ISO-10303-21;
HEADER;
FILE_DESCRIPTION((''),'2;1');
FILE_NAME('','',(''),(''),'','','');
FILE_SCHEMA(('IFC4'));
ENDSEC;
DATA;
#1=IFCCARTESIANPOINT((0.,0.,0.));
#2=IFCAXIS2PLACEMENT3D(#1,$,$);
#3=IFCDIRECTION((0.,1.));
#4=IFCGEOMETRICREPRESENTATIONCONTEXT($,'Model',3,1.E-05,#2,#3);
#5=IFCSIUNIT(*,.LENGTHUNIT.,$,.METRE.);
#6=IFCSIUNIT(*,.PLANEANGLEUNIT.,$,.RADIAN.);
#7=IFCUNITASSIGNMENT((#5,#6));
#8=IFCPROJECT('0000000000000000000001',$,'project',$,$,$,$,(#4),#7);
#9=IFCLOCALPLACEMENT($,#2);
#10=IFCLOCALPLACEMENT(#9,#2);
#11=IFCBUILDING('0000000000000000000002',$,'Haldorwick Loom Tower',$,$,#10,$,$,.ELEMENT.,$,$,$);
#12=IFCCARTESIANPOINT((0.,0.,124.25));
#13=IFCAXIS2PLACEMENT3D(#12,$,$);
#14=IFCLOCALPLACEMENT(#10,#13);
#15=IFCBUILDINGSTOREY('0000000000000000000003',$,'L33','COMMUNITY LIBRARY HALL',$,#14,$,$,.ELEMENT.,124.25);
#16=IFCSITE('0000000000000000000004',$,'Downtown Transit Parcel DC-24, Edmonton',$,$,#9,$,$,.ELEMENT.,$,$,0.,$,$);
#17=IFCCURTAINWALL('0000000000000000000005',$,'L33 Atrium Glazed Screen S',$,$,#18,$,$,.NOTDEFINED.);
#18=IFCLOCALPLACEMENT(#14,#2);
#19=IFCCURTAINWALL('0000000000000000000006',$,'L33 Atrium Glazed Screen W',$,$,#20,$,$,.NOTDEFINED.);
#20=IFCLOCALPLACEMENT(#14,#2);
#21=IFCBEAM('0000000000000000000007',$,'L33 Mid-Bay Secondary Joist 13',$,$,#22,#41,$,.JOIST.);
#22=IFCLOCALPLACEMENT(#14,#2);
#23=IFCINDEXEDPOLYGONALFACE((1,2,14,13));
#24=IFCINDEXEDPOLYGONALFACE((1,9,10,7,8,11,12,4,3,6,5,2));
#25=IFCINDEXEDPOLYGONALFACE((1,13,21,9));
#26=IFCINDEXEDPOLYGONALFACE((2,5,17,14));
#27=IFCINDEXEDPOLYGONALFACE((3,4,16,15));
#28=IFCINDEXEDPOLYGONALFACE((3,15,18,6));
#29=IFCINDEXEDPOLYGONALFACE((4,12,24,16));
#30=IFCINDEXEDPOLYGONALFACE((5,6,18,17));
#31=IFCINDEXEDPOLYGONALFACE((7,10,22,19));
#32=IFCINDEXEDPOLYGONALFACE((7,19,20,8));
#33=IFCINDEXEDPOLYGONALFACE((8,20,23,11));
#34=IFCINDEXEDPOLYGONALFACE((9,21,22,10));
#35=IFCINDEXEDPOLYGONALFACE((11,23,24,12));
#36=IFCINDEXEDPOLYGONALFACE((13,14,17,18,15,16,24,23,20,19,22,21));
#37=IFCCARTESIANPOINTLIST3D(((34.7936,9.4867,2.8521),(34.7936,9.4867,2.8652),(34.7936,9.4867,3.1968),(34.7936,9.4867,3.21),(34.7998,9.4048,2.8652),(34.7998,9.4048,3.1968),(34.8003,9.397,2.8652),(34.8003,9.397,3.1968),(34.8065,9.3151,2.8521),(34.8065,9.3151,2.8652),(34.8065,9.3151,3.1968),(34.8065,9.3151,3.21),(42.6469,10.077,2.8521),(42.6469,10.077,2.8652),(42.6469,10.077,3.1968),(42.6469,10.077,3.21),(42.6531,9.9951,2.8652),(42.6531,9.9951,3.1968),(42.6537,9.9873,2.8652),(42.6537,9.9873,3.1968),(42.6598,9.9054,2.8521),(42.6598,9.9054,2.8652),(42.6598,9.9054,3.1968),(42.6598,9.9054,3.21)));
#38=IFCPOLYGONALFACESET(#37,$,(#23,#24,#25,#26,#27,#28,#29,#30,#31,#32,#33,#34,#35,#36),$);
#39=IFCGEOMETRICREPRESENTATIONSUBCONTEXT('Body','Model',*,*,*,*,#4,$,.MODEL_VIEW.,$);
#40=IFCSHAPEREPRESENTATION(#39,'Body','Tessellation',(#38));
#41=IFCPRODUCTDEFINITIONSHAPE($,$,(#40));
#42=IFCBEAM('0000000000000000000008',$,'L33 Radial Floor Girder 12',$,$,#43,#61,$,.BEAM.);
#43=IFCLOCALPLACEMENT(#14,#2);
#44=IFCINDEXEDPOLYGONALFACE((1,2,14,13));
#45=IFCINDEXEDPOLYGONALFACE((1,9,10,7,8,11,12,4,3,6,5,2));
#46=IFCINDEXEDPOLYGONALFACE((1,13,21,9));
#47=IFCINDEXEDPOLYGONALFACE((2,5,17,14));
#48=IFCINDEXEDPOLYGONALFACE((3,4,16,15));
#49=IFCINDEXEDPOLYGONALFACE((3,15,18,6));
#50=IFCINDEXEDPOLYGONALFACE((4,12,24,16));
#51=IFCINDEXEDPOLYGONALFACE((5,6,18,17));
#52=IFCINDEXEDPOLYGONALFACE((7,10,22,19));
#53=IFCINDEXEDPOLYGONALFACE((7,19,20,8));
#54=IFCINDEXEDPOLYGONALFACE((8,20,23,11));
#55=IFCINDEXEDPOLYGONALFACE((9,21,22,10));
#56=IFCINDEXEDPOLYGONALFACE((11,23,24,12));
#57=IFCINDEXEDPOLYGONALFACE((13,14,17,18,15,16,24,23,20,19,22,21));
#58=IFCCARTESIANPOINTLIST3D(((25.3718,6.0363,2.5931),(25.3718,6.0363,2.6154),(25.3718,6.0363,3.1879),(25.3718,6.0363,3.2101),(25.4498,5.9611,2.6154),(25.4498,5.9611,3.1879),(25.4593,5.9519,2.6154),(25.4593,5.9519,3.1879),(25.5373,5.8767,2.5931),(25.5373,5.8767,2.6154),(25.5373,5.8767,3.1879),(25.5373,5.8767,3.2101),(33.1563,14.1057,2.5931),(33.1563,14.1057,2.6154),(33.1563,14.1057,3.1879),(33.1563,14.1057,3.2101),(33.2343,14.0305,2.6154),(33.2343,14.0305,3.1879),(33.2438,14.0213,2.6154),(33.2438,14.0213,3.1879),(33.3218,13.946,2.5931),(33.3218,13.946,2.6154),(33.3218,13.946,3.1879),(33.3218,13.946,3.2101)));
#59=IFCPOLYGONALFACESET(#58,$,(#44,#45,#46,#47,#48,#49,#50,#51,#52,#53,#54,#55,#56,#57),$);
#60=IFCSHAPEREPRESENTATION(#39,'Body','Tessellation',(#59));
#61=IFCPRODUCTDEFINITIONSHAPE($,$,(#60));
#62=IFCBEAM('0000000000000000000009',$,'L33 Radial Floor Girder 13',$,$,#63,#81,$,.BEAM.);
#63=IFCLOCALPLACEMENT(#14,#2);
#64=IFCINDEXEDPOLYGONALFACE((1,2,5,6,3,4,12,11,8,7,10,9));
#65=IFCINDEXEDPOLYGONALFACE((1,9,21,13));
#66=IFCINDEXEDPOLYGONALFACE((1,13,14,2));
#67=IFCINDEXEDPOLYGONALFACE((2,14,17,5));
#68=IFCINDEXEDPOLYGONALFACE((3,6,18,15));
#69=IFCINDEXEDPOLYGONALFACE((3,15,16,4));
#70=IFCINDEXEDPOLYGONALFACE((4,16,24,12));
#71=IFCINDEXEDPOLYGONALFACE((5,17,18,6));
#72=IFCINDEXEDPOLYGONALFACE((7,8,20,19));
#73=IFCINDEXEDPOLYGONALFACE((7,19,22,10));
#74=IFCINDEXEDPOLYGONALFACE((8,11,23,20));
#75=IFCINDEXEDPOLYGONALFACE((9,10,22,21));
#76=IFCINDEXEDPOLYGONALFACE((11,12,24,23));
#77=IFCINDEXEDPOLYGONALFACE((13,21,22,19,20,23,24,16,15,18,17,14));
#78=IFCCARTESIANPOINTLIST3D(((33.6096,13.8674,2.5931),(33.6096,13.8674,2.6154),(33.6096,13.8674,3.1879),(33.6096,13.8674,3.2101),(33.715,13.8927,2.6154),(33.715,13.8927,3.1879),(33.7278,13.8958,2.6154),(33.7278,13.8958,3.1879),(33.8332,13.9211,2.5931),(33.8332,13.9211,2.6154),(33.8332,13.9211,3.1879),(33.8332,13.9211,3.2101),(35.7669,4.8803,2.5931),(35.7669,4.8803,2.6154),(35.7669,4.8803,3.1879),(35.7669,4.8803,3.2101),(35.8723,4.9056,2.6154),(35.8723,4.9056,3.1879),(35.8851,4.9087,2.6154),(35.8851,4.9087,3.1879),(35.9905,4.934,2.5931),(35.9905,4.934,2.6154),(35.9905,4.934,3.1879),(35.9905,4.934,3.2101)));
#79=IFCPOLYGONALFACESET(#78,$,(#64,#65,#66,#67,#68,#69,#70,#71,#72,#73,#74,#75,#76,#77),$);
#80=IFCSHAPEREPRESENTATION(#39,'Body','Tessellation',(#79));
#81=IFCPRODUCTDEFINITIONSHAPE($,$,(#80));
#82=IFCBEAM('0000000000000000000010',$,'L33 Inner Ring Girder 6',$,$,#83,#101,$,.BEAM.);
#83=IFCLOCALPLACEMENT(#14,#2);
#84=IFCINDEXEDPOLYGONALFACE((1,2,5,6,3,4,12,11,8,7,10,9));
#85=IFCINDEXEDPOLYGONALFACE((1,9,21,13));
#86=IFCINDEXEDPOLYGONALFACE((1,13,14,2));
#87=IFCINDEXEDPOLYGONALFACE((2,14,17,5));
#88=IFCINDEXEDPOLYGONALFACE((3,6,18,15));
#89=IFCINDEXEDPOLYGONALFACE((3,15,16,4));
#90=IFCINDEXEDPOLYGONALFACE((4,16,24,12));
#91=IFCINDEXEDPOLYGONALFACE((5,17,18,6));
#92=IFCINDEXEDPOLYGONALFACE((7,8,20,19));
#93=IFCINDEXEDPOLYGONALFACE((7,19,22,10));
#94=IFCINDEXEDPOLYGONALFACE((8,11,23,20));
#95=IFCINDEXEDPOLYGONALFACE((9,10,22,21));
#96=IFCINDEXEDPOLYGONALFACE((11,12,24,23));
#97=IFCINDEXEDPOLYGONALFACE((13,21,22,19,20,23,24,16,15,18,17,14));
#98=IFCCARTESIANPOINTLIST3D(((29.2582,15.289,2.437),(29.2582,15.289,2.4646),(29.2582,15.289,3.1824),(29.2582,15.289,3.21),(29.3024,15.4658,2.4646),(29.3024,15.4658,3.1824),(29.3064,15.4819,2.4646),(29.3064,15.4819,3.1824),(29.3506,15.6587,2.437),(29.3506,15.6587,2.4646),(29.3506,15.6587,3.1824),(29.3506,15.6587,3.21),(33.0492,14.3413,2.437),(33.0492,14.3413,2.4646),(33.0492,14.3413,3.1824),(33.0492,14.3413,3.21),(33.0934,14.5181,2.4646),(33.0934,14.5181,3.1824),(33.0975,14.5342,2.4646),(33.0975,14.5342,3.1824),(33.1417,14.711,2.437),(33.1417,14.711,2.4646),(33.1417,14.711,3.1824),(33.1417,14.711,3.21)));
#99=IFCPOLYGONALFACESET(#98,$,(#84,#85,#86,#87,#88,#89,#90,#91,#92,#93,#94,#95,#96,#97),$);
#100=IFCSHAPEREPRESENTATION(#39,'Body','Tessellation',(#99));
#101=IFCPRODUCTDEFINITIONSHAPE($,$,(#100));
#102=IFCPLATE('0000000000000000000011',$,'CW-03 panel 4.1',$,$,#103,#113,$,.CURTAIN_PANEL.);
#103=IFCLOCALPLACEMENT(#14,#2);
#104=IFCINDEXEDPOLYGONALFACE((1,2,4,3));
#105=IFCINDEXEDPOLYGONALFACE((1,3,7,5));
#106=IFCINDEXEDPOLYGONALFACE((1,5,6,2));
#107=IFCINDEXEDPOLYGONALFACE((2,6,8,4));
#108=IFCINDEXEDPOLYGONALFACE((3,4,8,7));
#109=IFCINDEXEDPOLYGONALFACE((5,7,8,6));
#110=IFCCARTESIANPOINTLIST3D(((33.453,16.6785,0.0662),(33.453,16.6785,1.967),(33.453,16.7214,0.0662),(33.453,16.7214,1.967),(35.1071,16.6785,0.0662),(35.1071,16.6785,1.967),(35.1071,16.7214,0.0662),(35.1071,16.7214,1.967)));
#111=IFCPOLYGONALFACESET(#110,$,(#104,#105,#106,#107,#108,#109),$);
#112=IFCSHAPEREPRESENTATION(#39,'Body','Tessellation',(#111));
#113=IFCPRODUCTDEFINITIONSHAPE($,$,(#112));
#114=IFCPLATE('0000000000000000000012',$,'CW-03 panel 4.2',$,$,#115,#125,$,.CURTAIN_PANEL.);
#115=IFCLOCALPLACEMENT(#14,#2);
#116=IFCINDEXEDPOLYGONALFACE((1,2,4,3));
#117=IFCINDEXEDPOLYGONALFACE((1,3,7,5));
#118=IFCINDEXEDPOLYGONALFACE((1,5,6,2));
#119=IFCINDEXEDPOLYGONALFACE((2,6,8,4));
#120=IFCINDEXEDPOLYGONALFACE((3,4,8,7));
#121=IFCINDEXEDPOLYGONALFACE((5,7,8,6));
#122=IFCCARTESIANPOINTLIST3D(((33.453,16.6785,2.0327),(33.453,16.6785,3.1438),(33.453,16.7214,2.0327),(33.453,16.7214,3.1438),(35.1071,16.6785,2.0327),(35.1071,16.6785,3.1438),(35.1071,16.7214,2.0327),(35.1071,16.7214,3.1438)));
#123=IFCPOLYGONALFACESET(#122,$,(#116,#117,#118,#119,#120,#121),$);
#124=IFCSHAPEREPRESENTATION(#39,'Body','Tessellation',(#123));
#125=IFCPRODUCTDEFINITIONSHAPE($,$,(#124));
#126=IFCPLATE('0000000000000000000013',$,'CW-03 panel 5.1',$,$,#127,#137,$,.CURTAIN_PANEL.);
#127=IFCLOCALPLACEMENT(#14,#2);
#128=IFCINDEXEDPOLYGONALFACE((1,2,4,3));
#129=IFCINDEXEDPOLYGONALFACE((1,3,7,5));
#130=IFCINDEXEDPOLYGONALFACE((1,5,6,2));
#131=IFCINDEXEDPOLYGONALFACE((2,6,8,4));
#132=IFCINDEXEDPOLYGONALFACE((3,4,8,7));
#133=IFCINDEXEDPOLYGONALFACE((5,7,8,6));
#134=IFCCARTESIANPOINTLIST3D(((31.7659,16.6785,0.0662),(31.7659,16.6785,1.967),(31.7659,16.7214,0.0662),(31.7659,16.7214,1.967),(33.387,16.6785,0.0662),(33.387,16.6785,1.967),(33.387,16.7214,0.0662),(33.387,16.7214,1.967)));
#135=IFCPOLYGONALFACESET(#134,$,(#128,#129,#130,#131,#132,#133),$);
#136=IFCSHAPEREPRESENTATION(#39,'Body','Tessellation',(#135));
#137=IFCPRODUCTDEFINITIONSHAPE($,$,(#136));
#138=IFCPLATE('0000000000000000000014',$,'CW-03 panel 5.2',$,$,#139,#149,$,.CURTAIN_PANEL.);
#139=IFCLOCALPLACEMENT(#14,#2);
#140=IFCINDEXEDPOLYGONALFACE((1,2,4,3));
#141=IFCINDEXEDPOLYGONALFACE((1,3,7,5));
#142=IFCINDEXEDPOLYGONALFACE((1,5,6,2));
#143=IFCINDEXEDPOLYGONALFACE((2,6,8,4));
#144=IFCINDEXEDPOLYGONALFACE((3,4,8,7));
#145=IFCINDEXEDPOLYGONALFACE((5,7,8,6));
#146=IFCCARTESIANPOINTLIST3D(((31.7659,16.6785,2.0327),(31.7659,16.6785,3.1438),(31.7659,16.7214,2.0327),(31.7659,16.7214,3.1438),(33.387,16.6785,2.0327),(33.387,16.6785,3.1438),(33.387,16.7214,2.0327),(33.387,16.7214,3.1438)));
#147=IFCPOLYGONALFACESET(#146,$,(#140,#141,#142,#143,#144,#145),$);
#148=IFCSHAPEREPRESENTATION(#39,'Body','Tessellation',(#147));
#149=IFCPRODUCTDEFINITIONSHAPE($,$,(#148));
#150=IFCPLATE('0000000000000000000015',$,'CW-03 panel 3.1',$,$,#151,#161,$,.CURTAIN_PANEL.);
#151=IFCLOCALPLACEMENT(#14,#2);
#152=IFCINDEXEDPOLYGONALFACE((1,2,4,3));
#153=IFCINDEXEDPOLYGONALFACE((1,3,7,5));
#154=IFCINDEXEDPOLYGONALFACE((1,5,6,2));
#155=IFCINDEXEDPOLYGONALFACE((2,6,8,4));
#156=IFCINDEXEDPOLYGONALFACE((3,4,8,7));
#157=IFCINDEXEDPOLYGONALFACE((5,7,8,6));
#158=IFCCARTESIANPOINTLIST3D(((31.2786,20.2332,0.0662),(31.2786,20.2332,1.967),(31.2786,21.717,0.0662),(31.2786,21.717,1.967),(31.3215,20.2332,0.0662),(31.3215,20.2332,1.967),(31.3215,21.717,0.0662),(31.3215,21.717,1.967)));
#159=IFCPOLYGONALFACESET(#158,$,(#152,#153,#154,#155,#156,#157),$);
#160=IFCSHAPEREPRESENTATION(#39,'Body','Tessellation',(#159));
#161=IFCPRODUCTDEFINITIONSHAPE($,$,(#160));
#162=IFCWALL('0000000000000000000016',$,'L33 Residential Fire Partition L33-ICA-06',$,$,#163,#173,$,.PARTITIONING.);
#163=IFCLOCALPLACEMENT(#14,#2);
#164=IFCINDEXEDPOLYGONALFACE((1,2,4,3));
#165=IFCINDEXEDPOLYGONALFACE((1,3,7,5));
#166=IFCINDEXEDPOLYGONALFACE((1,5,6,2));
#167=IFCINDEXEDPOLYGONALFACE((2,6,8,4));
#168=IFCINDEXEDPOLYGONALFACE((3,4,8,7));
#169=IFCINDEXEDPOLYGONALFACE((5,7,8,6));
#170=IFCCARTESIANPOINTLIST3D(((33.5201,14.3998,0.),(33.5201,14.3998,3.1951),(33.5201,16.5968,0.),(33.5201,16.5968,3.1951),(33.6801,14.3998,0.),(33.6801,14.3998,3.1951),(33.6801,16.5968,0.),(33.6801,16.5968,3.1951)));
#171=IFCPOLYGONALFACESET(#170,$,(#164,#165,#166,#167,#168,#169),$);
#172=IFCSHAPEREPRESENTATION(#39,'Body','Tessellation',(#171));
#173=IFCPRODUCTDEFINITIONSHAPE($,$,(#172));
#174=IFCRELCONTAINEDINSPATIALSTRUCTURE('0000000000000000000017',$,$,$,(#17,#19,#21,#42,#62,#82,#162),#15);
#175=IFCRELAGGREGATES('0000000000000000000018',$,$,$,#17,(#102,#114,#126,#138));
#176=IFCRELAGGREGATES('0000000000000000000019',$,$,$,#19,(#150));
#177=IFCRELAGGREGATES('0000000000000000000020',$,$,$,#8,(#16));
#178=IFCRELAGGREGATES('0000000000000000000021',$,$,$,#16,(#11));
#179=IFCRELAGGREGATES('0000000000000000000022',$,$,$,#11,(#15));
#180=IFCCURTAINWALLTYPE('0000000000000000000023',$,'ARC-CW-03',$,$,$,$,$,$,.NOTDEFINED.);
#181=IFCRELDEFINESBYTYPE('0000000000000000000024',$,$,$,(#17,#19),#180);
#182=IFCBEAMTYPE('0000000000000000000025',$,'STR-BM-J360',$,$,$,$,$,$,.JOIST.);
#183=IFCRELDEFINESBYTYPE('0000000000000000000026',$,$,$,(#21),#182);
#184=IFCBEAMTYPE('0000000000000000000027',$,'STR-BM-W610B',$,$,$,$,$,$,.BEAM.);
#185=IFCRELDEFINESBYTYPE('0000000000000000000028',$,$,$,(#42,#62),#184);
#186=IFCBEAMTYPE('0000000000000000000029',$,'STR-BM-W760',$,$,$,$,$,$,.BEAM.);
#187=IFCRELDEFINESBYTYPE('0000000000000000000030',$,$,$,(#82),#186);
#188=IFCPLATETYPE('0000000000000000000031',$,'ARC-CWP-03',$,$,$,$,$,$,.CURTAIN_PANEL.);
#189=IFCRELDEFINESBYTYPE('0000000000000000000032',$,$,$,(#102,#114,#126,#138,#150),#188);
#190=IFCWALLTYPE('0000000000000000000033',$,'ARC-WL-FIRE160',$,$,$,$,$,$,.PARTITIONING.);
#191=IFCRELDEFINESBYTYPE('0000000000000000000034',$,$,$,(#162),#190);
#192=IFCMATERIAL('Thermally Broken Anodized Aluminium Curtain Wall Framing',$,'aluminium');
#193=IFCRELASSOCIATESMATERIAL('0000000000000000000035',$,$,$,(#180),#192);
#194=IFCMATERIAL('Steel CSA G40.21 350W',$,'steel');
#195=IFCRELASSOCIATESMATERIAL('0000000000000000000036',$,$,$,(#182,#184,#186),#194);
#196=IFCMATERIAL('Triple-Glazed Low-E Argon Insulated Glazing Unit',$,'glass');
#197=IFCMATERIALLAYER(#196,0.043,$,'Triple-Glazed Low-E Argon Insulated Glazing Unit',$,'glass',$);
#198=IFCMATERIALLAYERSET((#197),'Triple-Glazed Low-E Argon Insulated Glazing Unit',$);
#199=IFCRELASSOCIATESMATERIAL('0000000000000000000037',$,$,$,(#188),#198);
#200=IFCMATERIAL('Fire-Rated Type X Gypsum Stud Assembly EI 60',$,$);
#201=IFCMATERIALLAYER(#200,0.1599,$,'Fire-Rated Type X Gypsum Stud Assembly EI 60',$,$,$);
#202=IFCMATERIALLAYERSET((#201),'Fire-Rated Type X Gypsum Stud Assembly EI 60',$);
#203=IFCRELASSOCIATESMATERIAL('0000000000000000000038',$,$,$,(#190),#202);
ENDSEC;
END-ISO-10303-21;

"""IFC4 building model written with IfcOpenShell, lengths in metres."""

from ifc_helpers import new_model, si_unit, direction, frame, frame_2d, origin, origin_2d, place, context, subcontext, project, spatial, rectangle, i_section, extrude, material, layer, layer_set, material_profile, profile_set, type_object, element, aggregate, save


model = new_model("IFC4")

# Units and contexts
model_context = context("Model", 3, precision=1e-05, world=origin(), true_north=direction((0.0, 1.0)))
body_context = subcontext(model_context, "Body", "Model", "MODEL_VIEW")
ifc_project = project(units=[si_unit("LENGTHUNIT", "METRE"), si_unit("PLANEANGLEUNIT", "RADIAN")], contexts=[model_context])

# Site, building, storey
site_placement = place(None, origin())
site = spatial("IfcSite", under=ifc_project, at=site_placement, Name="Downtown Transit Parcel DC-24, Edmonton", CompositionType="ELEMENT", RefElevation=0.0)
building_placement = place(site_placement, origin())
building = spatial("IfcBuilding", under=site, at=building_placement, Name="Haldorwick Loom Tower", CompositionType="ELEMENT")
storey_placement = place(building_placement, frame((0.0, 0.0, 124.25)))
storey = spatial("IfcBuildingStorey", under=building, at=storey_placement, Name="L33", Description="COMMUNITY LIBRARY HALL", CompositionType="ELEMENT", Elevation=124.25)

# Curtain wall
ifc_material_1 = material(Name="Thermally Broken Anodized Aluminium Curtain Wall Framing", Category="aluminium")
curtain_wall_type = type_object("IfcCurtainWallType", Name="ARC-CW-03", PredefinedType="NOTDEFINED", material=ifc_material_1)
curtain_wall_1_placement = place(storey_placement, origin())
curtain_wall_1 = element("IfcCurtainWall", 1, at=curtain_wall_1_placement, inside=storey, type_object=curtain_wall_type, Name="L33 Atrium Glazed Screen S", PredefinedType="NOTDEFINED")

# Curtain wall
curtain_wall_2_placement = place(storey_placement, origin())
curtain_wall_2 = element("IfcCurtainWall", 2, at=curtain_wall_2_placement, inside=storey, type_object=curtain_wall_type, Name="L33 Atrium Glazed Screen W", PredefinedType="NOTDEFINED")

# Beams
ifc_material_2 = material(Name="Steel CSA G40.21 350W", Category="steel")
ifc_material_profile_1 = material_profile(ifc_material_2, i_section(OverallWidth=0.1721, OverallDepth=0.3579, WebThickness=0.0078, FlangeThickness=0.0132, at=origin_2d()), Name="W360X57", Category="steel")
ifc_profile_set_1 = profile_set([ifc_material_profile_1], Name="Steel CSA G40.21 350W")
beam_type_1 = type_object("IfcBeamType", Name="STR-BM-J360", PredefinedType="JOIST", material=ifc_profile_set_1)
beam_1_placement = place(storey_placement, frame((34.8, 9.4009, 3.031), z_axis=(0.997187, 0.074959, 0.0), x_axis=(-0.074959, 0.997187, 0.0)))
element("IfcBeam", 3, at=beam_1_placement, inside=storey, type_object=beam_type_1, Name="L33 Mid-Bay Secondary Joist 13", PredefinedType="JOIST", context=body_context, shape_type="SweptSolid", body=[
    extrude(i_section(OverallWidth=0.1721, OverallDepth=0.3579, WebThickness=0.0078, FlangeThickness=0.0132, at=origin_2d()), origin(), (0.0, 0.0, 1.0), 7.8755),
])
ifc_material_profile_2 = material_profile(ifc_material_2, i_section(OverallWidth=0.23, OverallDepth=0.6169, WebThickness=0.0132, FlangeThickness=0.0222, at=origin_2d()), Name="W610X140", Category="steel")
ifc_profile_set_2 = profile_set([ifc_material_profile_2], Name="Steel CSA G40.21 350W")
beam_type_2 = type_object("IfcBeamType", Name="STR-BM-W610B", PredefinedType="BEAM", material=ifc_profile_set_2)
beam_2_placement = place(storey_placement, frame((33.239, 14.0259, 2.9016), z_axis=(-0.694287, -0.719698, 0.0), x_axis=(0.719698, -0.694287, 0.0)))
element("IfcBeam", 4, at=beam_2_placement, inside=storey, type_object=beam_type_2, Name="L33 Radial Floor Girder 12", PredefinedType="BEAM", context=body_context, shape_type="SweptSolid", body=[
    extrude(i_section(OverallWidth=0.23, OverallDepth=0.6169, WebThickness=0.0132, FlangeThickness=0.0222, at=origin_2d()), origin(), (0.0, 0.0, 1.0), 11.2122),
])
beam_3_placement = place(storey_placement, frame((33.7214, 13.8943, 2.9016), z_axis=(0.233407, -0.972379, 0.0), x_axis=(0.972379, 0.233407, 0.0)))
element("IfcBeam", 5, at=beam_3_placement, inside=storey, type_object=beam_type_2, Name="L33 Radial Floor Girder 13", PredefinedType="BEAM", context=body_context, shape_type="SweptSolid", body=[
    extrude(i_section(OverallWidth=0.23, OverallDepth=0.6169, WebThickness=0.0132, FlangeThickness=0.0222, at=origin_2d()), origin(), (0.0, 0.0, 1.0), 9.2424),
])
ifc_material_profile_3 = material_profile(ifc_material_2, i_section(OverallWidth=0.3811, OverallDepth=0.7729, WebThickness=0.0166, FlangeThickness=0.0276, at=origin_2d()), Name="W760X257", Category="steel")
ifc_profile_set_3 = profile_set([ifc_material_profile_3], Name="Steel CSA G40.21 350W")
beam_type_3 = type_object("IfcBeamType", Name="STR-BM-W760", PredefinedType="BEAM", material=ifc_profile_set_3)
beam_4_placement = place(storey_placement, frame((33.0955, 14.5261, 2.8235), z_axis=(-0.970143, 0.242536, 0.0), x_axis=(-0.242536, -0.970143, 0.0)))
element("IfcBeam", 6, at=beam_4_placement, inside=storey, type_object=beam_type_3, Name="L33 Inner Ring Girder 6", PredefinedType="BEAM", context=body_context, shape_type="SweptSolid", body=[
    extrude(i_section(OverallWidth=0.3811, OverallDepth=0.7729, WebThickness=0.0166, FlangeThickness=0.0276, at=origin_2d()), origin(), (0.0, 0.0, 1.0), 3.9077),
])

# Plates
ifc_material_3 = material(Name="Triple-Glazed Low-E Argon Insulated Glazing Unit", Category="glass")
ifc_layer_1 = layer(ifc_material_3, 0.043, Name="Triple-Glazed Low-E Argon Insulated Glazing Unit", Category="glass")
ifc_layer_set_1 = layer_set([ifc_layer_1], Name="Triple-Glazed Low-E Argon Insulated Glazing Unit")
plate_type = type_object("IfcPlateType", Name="ARC-CWP-03", PredefinedType="CURTAIN_PANEL", material=ifc_layer_set_1)
plate_1_placement = place(storey_placement, frame((34.28, 16.7, 0.0662), z_axis=(0.0, 0.0, 1.0), x_axis=(-1.0, 0.0, 0.0)))
plate_1 = element("IfcPlate", 7, at=plate_1_placement, type_object=plate_type, Name="CW-03 panel 4.1", PredefinedType="CURTAIN_PANEL", context=body_context, shape_type="SweptSolid", body=[
    extrude(rectangle(XDim=1.6541, YDim=0.043, at=origin_2d()), origin(), (0.0, 0.0, 1.0), 1.9009),
])
plate_2_placement = place(storey_placement, frame((34.28, 16.7, 2.0327), z_axis=(0.0, 0.0, 1.0), x_axis=(-1.0, 0.0, 0.0)))
plate_2 = element("IfcPlate", 8, at=plate_2_placement, type_object=plate_type, Name="CW-03 panel 4.2", PredefinedType="CURTAIN_PANEL", context=body_context, shape_type="SweptSolid", body=[
    extrude(rectangle(XDim=1.6541, YDim=0.043, at=origin_2d()), origin(), (0.0, 0.0, 1.0), 1.1111),
])
plate_3_placement = place(storey_placement, frame((32.5764, 16.7, 0.0662), z_axis=(0.0, 0.0, 1.0), x_axis=(-1.0, 0.0, 0.0)))
plate_3 = element("IfcPlate", 9, at=plate_3_placement, type_object=plate_type, Name="CW-03 panel 5.1", PredefinedType="CURTAIN_PANEL", context=body_context, shape_type="SweptSolid", body=[
    extrude(rectangle(XDim=1.6211, YDim=0.043, at=origin_2d()), origin(), (0.0, 0.0, 1.0), 1.9009),
])
plate_4_placement = place(storey_placement, frame((32.5764, 16.7, 2.0327), z_axis=(0.0, 0.0, 1.0), x_axis=(-1.0, 0.0, 0.0)))
plate_4 = element("IfcPlate", 10, at=plate_4_placement, type_object=plate_type, Name="CW-03 panel 5.2", PredefinedType="CURTAIN_PANEL", context=body_context, shape_type="SweptSolid", body=[
    extrude(rectangle(XDim=1.6211, YDim=0.043, at=origin_2d()), origin(), (0.0, 0.0, 1.0), 1.1111),
])
aggregate(curtain_wall_1, [plate_1, plate_2, plate_3, plate_4])
plate_5_placement = place(storey_placement, frame((31.3, 20.9751, 0.0662), z_axis=(0.0, 0.0, 1.0), x_axis=(0.0, 1.0, 0.0)))
plate_5 = element("IfcPlate", 11, at=plate_5_placement, type_object=plate_type, Name="CW-03 panel 3.1", PredefinedType="CURTAIN_PANEL", context=body_context, shape_type="SweptSolid", body=[
    extrude(rectangle(XDim=1.4839, YDim=0.043, at=origin_2d()), origin(), (0.0, 0.0, 1.0), 1.9009),
])
aggregate(curtain_wall_2, [plate_5])

# Wall
ifc_material_4 = material(Name="Fire-Rated Type X Gypsum Stud Assembly EI 60")
ifc_layer_2 = layer(ifc_material_4, 0.1599, Name="Fire-Rated Type X Gypsum Stud Assembly EI 60")
ifc_layer_set_2 = layer_set([ifc_layer_2], Name="Fire-Rated Type X Gypsum Stud Assembly EI 60")
wall_type = type_object("IfcWallType", Name="ARC-WL-FIRE160", PredefinedType="PARTITIONING", material=ifc_layer_set_2)
wall_placement = place(storey_placement, frame((33.6001, 16.5969, 0.0), z_axis=(0.0, 0.0, 1.0), x_axis=(0.0, -1.0, 0.0)))
element("IfcWall", 12, at=wall_placement, inside=storey, type_object=wall_type, Name="L33 Residential Fire Partition L33-ICA-06", PredefinedType="PARTITIONING", context=body_context, shape_type="SweptSolid", body=[
    extrude(rectangle(XDim=2.197, YDim=0.1599, at=frame_2d((1.0986, 0.0))), origin(), (0.0, 0.0, 1.0), 3.1951),
])

save(model, "model.ifc")
